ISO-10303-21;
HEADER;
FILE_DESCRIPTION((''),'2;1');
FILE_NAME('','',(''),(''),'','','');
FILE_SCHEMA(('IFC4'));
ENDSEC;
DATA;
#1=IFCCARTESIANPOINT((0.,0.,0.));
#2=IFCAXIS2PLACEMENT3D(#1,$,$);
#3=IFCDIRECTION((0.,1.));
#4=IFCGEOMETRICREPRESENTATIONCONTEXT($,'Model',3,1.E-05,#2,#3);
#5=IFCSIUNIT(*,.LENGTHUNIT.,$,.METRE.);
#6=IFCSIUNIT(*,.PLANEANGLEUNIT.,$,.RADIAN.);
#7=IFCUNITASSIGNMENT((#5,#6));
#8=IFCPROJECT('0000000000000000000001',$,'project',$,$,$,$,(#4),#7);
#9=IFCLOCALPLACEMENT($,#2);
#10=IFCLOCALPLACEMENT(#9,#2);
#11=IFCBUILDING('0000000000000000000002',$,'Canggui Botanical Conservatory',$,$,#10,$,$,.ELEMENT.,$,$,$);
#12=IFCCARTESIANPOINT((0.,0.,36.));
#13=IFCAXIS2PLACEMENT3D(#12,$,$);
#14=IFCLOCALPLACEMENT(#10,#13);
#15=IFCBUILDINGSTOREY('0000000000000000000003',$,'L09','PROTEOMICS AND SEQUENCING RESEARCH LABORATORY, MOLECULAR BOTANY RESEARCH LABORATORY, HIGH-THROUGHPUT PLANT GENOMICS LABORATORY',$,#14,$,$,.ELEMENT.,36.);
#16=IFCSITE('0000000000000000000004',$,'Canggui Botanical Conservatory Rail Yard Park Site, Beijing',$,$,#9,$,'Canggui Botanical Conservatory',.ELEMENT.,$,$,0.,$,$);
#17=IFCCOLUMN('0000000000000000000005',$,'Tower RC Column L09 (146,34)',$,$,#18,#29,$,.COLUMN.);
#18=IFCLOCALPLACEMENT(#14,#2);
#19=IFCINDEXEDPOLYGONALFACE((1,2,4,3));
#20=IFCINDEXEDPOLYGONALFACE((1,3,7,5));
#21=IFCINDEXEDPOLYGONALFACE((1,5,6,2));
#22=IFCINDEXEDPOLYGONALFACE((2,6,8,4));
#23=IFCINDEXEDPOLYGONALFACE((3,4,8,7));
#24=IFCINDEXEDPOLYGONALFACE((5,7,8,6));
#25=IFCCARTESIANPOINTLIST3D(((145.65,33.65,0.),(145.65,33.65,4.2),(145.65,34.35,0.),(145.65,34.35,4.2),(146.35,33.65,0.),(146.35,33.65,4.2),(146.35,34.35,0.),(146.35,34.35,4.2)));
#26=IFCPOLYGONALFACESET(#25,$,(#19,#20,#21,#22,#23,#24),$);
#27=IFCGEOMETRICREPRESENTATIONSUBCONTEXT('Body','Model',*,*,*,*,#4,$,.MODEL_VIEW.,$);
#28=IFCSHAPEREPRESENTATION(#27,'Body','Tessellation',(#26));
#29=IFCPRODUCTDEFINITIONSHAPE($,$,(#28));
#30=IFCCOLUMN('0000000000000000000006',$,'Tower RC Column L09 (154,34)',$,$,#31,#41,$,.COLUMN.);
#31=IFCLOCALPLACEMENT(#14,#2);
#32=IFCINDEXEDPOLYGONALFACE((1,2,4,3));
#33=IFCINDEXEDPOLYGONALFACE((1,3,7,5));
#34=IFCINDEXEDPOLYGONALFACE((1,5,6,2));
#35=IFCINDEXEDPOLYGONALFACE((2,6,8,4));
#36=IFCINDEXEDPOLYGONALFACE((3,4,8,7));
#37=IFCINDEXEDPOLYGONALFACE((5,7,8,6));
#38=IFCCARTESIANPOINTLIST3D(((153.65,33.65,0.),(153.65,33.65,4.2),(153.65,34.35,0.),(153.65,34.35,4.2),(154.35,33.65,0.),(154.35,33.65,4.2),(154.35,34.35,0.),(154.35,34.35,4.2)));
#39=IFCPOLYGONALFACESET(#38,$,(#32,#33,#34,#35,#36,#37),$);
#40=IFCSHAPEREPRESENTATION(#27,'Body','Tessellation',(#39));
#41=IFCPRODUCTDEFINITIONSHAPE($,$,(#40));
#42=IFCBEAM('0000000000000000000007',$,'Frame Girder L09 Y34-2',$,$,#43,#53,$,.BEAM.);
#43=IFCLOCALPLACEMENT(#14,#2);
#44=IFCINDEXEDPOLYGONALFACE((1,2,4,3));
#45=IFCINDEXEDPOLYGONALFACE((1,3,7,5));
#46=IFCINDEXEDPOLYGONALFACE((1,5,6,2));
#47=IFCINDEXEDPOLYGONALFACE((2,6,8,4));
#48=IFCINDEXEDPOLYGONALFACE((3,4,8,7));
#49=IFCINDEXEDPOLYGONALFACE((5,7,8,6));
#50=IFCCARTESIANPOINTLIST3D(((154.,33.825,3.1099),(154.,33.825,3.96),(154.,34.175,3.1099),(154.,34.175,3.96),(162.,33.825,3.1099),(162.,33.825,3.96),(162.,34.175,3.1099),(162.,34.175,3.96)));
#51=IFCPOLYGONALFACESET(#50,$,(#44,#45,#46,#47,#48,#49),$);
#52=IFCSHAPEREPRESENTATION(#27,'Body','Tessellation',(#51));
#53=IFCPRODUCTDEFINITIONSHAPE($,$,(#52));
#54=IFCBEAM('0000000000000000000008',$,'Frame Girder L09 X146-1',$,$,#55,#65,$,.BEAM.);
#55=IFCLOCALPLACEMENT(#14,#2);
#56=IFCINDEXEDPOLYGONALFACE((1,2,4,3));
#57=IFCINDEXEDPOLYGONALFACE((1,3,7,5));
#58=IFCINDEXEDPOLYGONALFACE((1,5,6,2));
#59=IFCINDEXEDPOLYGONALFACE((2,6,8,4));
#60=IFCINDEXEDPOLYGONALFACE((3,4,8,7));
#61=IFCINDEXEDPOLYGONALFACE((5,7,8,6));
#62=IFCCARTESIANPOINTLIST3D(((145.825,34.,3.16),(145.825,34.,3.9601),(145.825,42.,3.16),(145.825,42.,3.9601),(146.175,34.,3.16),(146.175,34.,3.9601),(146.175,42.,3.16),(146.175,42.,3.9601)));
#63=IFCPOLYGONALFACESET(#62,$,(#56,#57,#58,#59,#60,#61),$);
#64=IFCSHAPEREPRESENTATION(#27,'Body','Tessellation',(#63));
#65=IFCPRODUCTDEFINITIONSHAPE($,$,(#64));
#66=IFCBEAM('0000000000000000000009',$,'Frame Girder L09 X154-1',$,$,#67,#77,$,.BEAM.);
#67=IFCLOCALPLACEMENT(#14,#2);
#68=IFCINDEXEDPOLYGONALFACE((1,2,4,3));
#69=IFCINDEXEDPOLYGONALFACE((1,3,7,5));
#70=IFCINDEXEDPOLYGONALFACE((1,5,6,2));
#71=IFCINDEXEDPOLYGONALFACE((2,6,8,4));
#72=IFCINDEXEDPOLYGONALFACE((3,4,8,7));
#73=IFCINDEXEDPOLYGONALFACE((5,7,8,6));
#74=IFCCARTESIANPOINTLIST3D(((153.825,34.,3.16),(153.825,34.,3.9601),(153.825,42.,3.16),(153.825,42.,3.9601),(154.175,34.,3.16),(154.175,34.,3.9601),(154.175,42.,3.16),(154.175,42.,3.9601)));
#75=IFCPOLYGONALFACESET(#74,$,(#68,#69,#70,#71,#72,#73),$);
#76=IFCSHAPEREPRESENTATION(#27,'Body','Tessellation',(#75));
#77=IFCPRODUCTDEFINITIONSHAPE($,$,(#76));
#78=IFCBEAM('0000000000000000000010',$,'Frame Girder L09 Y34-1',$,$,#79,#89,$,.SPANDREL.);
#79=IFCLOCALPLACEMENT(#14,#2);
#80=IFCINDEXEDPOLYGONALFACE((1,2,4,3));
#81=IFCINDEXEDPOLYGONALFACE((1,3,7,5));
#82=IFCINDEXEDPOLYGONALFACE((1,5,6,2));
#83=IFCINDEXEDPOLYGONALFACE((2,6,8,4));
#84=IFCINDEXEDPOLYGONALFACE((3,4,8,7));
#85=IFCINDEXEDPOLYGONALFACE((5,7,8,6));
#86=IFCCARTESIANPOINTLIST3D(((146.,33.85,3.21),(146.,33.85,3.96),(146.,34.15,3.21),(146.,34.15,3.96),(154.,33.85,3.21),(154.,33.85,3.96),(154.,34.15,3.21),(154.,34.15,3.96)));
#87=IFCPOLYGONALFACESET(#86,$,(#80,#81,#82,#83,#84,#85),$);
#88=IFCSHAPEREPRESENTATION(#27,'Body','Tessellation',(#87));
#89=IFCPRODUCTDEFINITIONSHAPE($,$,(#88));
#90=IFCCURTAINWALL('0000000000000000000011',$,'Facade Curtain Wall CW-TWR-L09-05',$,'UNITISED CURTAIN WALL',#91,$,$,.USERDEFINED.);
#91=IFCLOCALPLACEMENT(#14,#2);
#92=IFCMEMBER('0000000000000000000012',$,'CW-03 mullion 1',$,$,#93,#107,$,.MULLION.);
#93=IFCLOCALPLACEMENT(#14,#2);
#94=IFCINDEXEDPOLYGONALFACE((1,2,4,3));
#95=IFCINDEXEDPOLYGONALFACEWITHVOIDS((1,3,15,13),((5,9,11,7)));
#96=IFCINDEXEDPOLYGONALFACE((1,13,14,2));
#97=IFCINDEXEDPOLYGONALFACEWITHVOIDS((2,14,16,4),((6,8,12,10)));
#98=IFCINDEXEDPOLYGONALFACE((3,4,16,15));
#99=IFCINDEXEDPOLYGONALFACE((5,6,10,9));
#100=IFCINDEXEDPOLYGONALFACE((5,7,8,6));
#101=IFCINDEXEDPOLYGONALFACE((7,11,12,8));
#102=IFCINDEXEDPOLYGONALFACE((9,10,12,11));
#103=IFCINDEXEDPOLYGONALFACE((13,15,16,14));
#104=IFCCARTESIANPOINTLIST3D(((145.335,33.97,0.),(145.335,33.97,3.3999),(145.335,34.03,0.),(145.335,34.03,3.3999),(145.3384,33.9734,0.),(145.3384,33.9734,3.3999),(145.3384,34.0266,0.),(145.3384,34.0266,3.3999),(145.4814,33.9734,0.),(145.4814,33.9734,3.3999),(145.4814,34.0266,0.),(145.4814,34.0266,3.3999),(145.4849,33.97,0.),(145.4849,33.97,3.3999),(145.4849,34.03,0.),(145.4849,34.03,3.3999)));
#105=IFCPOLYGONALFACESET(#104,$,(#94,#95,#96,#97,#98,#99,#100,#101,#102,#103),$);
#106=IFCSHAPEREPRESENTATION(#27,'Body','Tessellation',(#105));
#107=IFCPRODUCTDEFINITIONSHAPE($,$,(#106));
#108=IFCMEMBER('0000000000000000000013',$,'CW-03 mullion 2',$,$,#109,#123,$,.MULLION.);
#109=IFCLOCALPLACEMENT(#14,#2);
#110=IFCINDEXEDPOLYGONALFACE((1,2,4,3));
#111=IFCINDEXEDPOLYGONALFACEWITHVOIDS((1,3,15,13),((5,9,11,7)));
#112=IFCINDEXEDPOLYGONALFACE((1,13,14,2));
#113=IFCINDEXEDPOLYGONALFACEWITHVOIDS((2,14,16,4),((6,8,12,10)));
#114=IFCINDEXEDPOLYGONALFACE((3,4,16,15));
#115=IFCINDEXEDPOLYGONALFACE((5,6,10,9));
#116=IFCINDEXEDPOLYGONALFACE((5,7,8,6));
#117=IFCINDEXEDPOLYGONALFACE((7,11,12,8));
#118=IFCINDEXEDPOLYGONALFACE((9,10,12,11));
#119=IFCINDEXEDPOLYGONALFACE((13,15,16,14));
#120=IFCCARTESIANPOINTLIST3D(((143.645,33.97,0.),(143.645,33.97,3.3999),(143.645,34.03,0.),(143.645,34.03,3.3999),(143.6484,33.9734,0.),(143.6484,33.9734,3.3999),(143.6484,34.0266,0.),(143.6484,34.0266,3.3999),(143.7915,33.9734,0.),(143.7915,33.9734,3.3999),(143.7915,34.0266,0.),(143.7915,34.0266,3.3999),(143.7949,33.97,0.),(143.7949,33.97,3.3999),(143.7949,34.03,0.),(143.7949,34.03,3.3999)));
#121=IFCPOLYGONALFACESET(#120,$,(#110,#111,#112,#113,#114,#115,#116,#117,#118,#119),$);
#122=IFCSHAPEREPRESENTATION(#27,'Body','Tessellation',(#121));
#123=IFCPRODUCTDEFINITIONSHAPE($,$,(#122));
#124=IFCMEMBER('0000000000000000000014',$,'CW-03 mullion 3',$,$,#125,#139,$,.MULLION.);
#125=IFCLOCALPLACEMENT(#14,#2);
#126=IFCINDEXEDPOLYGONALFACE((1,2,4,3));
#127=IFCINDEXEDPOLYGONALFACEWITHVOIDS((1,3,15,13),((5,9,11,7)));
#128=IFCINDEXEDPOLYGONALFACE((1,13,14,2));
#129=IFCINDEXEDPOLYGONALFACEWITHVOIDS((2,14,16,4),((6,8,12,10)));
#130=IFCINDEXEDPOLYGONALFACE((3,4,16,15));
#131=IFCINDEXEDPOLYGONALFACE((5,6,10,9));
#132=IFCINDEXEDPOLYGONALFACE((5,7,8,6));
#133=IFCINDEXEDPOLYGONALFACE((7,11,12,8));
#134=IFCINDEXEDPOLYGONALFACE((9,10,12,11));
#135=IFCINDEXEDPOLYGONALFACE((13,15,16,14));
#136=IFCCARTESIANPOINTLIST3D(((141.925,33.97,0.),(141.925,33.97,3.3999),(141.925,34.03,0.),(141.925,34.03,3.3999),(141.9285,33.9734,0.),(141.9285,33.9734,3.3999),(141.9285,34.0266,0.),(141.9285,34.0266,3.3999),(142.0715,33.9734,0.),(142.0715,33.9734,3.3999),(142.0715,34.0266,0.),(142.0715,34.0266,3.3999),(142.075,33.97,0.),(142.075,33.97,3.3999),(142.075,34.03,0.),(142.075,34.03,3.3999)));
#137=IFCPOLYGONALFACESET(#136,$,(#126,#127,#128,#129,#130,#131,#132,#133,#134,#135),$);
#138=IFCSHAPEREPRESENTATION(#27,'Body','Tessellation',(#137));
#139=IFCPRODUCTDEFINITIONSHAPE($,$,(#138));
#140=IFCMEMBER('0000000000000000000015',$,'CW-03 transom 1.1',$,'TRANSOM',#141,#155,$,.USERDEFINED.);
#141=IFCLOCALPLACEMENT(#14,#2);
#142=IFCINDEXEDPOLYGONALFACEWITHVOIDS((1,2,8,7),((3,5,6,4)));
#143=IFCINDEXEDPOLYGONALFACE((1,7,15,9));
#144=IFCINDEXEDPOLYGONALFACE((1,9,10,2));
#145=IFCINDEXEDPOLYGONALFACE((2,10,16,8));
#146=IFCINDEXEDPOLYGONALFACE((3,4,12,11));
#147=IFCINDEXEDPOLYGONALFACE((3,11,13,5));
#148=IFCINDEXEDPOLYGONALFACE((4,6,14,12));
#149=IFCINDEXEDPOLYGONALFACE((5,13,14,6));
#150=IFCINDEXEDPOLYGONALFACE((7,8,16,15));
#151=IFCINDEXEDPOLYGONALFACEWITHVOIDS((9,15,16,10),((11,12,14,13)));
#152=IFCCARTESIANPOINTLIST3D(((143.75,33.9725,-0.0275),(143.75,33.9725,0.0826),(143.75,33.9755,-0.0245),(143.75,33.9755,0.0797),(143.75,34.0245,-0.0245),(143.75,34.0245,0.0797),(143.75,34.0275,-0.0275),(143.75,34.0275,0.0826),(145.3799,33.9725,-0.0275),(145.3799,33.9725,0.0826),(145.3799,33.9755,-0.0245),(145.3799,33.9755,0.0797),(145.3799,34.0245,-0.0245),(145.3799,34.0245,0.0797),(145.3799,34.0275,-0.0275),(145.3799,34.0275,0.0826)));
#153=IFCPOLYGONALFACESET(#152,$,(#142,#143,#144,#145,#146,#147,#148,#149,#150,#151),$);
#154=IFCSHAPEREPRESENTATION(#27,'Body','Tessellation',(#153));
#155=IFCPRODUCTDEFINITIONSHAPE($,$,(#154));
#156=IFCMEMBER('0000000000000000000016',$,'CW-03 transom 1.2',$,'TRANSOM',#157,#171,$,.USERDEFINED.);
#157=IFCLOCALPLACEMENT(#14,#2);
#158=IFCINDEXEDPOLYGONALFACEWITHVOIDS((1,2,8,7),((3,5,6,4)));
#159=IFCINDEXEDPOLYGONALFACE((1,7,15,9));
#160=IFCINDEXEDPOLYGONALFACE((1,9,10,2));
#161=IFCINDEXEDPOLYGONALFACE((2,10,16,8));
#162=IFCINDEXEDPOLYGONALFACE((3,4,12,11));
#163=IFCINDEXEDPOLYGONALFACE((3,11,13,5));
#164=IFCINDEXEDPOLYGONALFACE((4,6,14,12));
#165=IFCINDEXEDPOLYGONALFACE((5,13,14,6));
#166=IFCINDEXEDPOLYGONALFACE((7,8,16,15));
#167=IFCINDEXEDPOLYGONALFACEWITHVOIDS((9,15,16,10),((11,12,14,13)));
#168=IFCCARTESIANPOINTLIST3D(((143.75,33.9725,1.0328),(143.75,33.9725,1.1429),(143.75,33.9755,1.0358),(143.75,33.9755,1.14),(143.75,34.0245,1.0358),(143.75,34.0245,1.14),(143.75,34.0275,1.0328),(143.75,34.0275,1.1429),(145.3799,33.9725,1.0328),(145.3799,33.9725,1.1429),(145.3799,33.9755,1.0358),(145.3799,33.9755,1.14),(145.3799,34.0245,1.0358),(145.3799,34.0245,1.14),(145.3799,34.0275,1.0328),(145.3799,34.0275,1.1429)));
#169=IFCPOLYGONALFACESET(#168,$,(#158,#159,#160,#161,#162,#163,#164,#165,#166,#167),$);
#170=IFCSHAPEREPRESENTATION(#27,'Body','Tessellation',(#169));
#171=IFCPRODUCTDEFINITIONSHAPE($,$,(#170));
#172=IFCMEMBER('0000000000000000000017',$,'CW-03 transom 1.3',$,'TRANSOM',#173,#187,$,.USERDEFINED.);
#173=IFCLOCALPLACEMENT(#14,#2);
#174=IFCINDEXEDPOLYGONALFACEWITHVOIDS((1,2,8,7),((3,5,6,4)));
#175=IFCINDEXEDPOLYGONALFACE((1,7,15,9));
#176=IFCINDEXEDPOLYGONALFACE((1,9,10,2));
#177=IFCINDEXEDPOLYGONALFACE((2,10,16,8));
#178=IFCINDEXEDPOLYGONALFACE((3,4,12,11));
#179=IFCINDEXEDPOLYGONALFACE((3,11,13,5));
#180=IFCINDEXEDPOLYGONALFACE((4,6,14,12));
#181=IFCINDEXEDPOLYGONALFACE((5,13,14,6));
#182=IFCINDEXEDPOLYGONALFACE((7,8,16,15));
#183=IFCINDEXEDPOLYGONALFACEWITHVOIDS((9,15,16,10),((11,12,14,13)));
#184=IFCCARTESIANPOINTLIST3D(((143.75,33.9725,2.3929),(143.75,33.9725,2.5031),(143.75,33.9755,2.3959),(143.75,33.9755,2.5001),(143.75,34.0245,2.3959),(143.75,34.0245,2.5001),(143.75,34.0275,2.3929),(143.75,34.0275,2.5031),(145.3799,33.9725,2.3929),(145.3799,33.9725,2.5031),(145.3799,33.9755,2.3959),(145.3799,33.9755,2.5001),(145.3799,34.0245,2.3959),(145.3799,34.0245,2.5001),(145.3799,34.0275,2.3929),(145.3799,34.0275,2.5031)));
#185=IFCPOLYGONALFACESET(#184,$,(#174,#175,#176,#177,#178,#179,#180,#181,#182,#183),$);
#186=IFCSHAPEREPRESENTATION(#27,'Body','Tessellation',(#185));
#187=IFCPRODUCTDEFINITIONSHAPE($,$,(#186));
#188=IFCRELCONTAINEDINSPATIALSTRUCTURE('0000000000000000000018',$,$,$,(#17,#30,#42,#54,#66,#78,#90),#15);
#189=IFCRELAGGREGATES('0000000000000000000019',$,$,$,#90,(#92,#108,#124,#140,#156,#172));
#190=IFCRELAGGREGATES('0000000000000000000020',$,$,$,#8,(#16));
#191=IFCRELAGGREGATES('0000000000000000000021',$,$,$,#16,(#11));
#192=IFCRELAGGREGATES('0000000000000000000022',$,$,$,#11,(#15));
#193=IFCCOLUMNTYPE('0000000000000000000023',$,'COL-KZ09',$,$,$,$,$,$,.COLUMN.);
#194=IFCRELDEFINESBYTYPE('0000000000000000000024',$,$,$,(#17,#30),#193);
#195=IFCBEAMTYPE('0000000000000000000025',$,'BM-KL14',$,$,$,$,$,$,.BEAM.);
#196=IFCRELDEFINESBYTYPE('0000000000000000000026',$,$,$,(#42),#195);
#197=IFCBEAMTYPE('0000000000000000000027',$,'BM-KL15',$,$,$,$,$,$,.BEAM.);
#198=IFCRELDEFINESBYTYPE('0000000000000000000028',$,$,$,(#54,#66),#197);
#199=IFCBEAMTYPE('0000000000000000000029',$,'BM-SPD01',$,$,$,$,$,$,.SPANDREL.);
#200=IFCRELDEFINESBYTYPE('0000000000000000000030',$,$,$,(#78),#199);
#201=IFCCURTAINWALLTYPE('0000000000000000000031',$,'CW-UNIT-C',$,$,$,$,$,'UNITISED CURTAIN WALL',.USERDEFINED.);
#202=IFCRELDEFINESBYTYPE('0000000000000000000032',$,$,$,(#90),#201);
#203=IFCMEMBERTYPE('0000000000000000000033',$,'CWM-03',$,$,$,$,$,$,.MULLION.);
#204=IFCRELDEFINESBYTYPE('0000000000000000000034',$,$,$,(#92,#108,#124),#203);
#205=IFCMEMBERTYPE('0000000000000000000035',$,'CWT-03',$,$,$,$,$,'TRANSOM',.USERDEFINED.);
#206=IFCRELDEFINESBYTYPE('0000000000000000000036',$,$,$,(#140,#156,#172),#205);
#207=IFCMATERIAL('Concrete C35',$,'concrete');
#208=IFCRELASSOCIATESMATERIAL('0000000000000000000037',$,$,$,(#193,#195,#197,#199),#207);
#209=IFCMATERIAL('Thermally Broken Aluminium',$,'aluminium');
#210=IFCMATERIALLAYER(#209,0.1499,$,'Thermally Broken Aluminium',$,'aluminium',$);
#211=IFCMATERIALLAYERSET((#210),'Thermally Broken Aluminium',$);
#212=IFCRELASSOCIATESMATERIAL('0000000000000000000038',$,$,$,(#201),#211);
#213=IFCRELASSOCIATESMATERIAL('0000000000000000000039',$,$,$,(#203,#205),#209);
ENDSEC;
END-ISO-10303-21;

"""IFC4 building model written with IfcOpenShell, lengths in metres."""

from ifc_helpers import new_model, si_unit, direction, frame, origin, origin_2d, place, context, subcontext, project, spatial, rectangle, hollow_rectangle, extrude, material, layer, layer_set, material_profile, profile_set, type_object, element, aggregate, save


model = new_model("IFC4")

# Units and contexts
model_context = context("Model", 3, precision=1e-05, world=origin(), true_north=direction((0.0, 1.0)))
body_context = subcontext(model_context, "Body", "Model", "MODEL_VIEW")
ifc_project = project(units=[si_unit("LENGTHUNIT", "METRE"), si_unit("PLANEANGLEUNIT", "RADIAN")], contexts=[model_context])

# Site, building, storey
site_placement = place(None, origin())
site = spatial("IfcSite", under=ifc_project, at=site_placement, Name="Canggui Botanical Conservatory Rail Yard Park Site, Beijing", LongName="Canggui Botanical Conservatory", CompositionType="ELEMENT", RefElevation=0.0)
building_placement = place(site_placement, origin())
building = spatial("IfcBuilding", under=site, at=building_placement, Name="Canggui Botanical Conservatory", CompositionType="ELEMENT")
storey_placement = place(building_placement, frame((0.0, 0.0, 36.0)))
storey = spatial("IfcBuildingStorey", under=building, at=storey_placement, Name="L09", Description="PROTEOMICS AND SEQUENCING RESEARCH LABORATORY, MOLECULAR BOTANY RESEARCH LABORATORY, HIGH-THROUGHPUT PLANT GENOMICS LABORATORY", CompositionType="ELEMENT", Elevation=36.0)

# Columns
ifc_material_1 = material(Name="Concrete C35", Category="concrete")
ifc_material_profile_1 = material_profile(ifc_material_1, rectangle(XDim=0.7, YDim=0.7, at=origin_2d()), Name="RC 700x700")
ifc_profile_set_1 = profile_set([ifc_material_profile_1], Name="Concrete C35")
column_type = type_object("IfcColumnType", Name="COL-KZ09", PredefinedType="COLUMN", material=ifc_profile_set_1)
for number, where, z_axis, x_axis, name in (
    (1, (146.0, 34.0, 0.0), (0.0, 0.0, 1.0), (1.0, 0.0, 0.0), "Tower RC Column L09 (146,34)"),
    (2, (154.0, 34.0, 0.0), (0.0, 0.0, 1.0), (1.0, 0.0, 0.0), "Tower RC Column L09 (154,34)"),
):
    element("IfcColumn", number, at=place(storey_placement, frame(where, z_axis=z_axis, x_axis=x_axis)), inside=storey, type_object=column_type, Name=name, PredefinedType="COLUMN", context=body_context, shape_type="SweptSolid", body=[
        extrude(rectangle(XDim=0.7, YDim=0.7, at=origin_2d()), origin(), (0.0, 0.0, 1.0), 4.2),
    ])

# Beams
ifc_material_profile_2 = material_profile(ifc_material_1, rectangle(XDim=0.3501, YDim=0.8501, at=origin_2d()), Name="RB 350x850")
ifc_profile_set_2 = profile_set([ifc_material_profile_2], Name="Concrete C35")
beam_type_1 = type_object("IfcBeamType", Name="BM-KL14", PredefinedType="BEAM", material=ifc_profile_set_2)
beam_1_placement = place(storey_placement, frame((154.0, 34.0, 3.5349), z_axis=(1.0, 0.0, 0.0), x_axis=(0.0, 1.0, 0.0)))
element("IfcBeam", 3, at=beam_1_placement, inside=storey, type_object=beam_type_1, Name="Frame Girder L09 Y34-2", PredefinedType="BEAM", context=body_context, shape_type="SweptSolid", body=[
    extrude(rectangle(XDim=0.3501, YDim=0.8501, at=origin_2d()), origin(), (0.0, 0.0, 1.0), 8.0),
])
ifc_material_profile_3 = material_profile(ifc_material_1, rectangle(XDim=0.3501, YDim=0.8, at=origin_2d()), Name="RB 350x800")
ifc_profile_set_3 = profile_set([ifc_material_profile_3], Name="Concrete C35")
beam_type_2 = type_object("IfcBeamType", Name="BM-KL15", PredefinedType="BEAM", material=ifc_profile_set_3)
for number, where, z_axis, x_axis, name in (
    (4, (146.0, 34.0, 3.5601), (0.0, 1.0, 0.0), (-1.0, 0.0, 0.0), "Frame Girder L09 X146-1"),
    (5, (154.0, 34.0, 3.5601), (0.0, 1.0, 0.0), (-1.0, 0.0, 0.0), "Frame Girder L09 X154-1"),
):
    element("IfcBeam", number, at=place(storey_placement, frame(where, z_axis=z_axis, x_axis=x_axis)), inside=storey, type_object=beam_type_2, Name=name, PredefinedType="BEAM", context=body_context, shape_type="SweptSolid", body=[
        extrude(rectangle(XDim=0.3501, YDim=0.8, at=origin_2d()), origin(), (0.0, 0.0, 1.0), 8.0),
    ])
ifc_material_profile_4 = material_profile(ifc_material_1, rectangle(XDim=0.3, YDim=0.75, at=origin_2d()), Name="RB 300x750")
ifc_profile_set_4 = profile_set([ifc_material_profile_4], Name="Concrete C35")
beam_type_3 = type_object("IfcBeamType", Name="BM-SPD01", PredefinedType="SPANDREL", material=ifc_profile_set_4)
beam_2_placement = place(storey_placement, frame((146.0, 34.0, 3.585), z_axis=(1.0, 0.0, 0.0), x_axis=(0.0, 1.0, 0.0)))
element("IfcBeam", 6, at=beam_2_placement, inside=storey, type_object=beam_type_3, Name="Frame Girder L09 Y34-1", PredefinedType="SPANDREL", context=body_context, shape_type="SweptSolid", body=[
    extrude(rectangle(XDim=0.3, YDim=0.75, at=origin_2d()), origin(), (0.0, 0.0, 1.0), 8.0),
])

# Curtain wall, members
ifc_material_2 = material(Name="Thermally Broken Aluminium", Category="aluminium")
ifc_layer_1 = layer(ifc_material_2, 0.1499, Name="Thermally Broken Aluminium", Category="aluminium")
ifc_layer_set_1 = layer_set([ifc_layer_1], Name="Thermally Broken Aluminium")
curtain_wall_type = type_object("IfcCurtainWallType", Name="CW-UNIT-C", ElementType="UNITISED CURTAIN WALL", PredefinedType="USERDEFINED", material=ifc_layer_set_1)
curtain_wall_placement = place(storey_placement, origin())
curtain_wall = element("IfcCurtainWall", 7, at=curtain_wall_placement, inside=storey, type_object=curtain_wall_type, Name="Facade Curtain Wall CW-TWR-L09-05", ObjectType="UNITISED CURTAIN WALL", PredefinedType="USERDEFINED")
ifc_material_profile_5 = material_profile(ifc_material_2, hollow_rectangle(XDim=0.0601, YDim=0.1499, WallThickness=0.0034, at=origin_2d()), Name="CWM 60x150x3.5")
ifc_profile_set_5 = profile_set([ifc_material_profile_5], Name="Thermally Broken Aluminium")
member_type_1 = type_object("IfcMemberType", Name="CWM-03", PredefinedType="MULLION", material=ifc_profile_set_5)
member_1_placement = place(storey_placement, frame((145.4099, 34.0, 0.0), z_axis=(0.0, 0.0, 1.0), x_axis=(0.0, -1.0, 0.0)))
member_1 = element("IfcMember", 8, at=member_1_placement, type_object=member_type_1, Name="CW-03 mullion 1", PredefinedType="MULLION", context=body_context, shape_type="SweptSolid", body=[
    extrude(hollow_rectangle(XDim=0.0601, YDim=0.1499, WallThickness=0.0034, at=origin_2d()), origin(), (0.0, 0.0, 1.0), 3.3999),
])
member_2_placement = place(storey_placement, frame((143.72, 34.0, 0.0), z_axis=(0.0, 0.0, 1.0), x_axis=(0.0, -1.0, 0.0)))
member_2 = element("IfcMember", 9, at=member_2_placement, type_object=member_type_1, Name="CW-03 mullion 2", PredefinedType="MULLION", context=body_context, shape_type="SweptSolid", body=[
    extrude(hollow_rectangle(XDim=0.0601, YDim=0.1499, WallThickness=0.0034, at=origin_2d()), origin(), (0.0, 0.0, 1.0), 3.3999),
])
member_3_placement = place(storey_placement, frame((142.0, 34.0, 0.0), z_axis=(0.0, 0.0, 1.0), x_axis=(0.0, -1.0, 0.0)))
member_3 = element("IfcMember", 10, at=member_3_placement, type_object=member_type_1, Name="CW-03 mullion 3", PredefinedType="MULLION", context=body_context, shape_type="SweptSolid", body=[
    extrude(hollow_rectangle(XDim=0.0601, YDim=0.1499, WallThickness=0.0034, at=origin_2d()), origin(), (0.0, 0.0, 1.0), 3.3999),
])
ifc_material_profile_6 = material_profile(ifc_material_2, hollow_rectangle(XDim=0.0549, YDim=0.1101, WallThickness=0.0029, at=origin_2d()), Name="CWT 55x110x3")
ifc_profile_set_6 = profile_set([ifc_material_profile_6], Name="Thermally Broken Aluminium")
member_type_2 = type_object("IfcMemberType", Name="CWT-03", ElementType="TRANSOM", PredefinedType="USERDEFINED", material=ifc_profile_set_6)
member_4_placement = place(storey_placement, frame((145.3799, 34.0, 0.0276), z_axis=(-1.0, 0.0, 0.0), x_axis=(0.0, -1.0, 0.0)))
member_4 = element("IfcMember", 11, at=member_4_placement, type_object=member_type_2, Name="CW-03 transom 1.1", ObjectType="TRANSOM", PredefinedType="USERDEFINED", context=body_context, shape_type="SweptSolid", body=[
    extrude(hollow_rectangle(XDim=0.0549, YDim=0.1101, WallThickness=0.0029, at=origin_2d()), origin(), (0.0, 0.0, 1.0), 1.6299),
])
member_5_placement = place(storey_placement, frame((145.3799, 34.0, 1.0879), z_axis=(-1.0, 0.0, 0.0), x_axis=(0.0, -1.0, 0.0)))
member_5 = element("IfcMember", 12, at=member_5_placement, type_object=member_type_2, Name="CW-03 transom 1.2", ObjectType="TRANSOM", PredefinedType="USERDEFINED", context=body_context, shape_type="SweptSolid", body=[
    extrude(hollow_rectangle(XDim=0.0549, YDim=0.1101, WallThickness=0.0029, at=origin_2d()), origin(), (0.0, 0.0, 1.0), 1.6299),
])
member_6_placement = place(storey_placement, frame((145.3799, 34.0, 2.448), z_axis=(-1.0, 0.0, 0.0), x_axis=(0.0, -1.0, 0.0)))
member_6 = element("IfcMember", 13, at=member_6_placement, type_object=member_type_2, Name="CW-03 transom 1.3", ObjectType="TRANSOM", PredefinedType="USERDEFINED", context=body_context, shape_type="SweptSolid", body=[
    extrude(hollow_rectangle(XDim=0.0549, YDim=0.1101, WallThickness=0.0029, at=origin_2d()), origin(), (0.0, 0.0, 1.0), 1.6299),
])
aggregate(curtain_wall, [member_1, member_2, member_3, member_4, member_5, member_6])

save(model, "model.ifc")
